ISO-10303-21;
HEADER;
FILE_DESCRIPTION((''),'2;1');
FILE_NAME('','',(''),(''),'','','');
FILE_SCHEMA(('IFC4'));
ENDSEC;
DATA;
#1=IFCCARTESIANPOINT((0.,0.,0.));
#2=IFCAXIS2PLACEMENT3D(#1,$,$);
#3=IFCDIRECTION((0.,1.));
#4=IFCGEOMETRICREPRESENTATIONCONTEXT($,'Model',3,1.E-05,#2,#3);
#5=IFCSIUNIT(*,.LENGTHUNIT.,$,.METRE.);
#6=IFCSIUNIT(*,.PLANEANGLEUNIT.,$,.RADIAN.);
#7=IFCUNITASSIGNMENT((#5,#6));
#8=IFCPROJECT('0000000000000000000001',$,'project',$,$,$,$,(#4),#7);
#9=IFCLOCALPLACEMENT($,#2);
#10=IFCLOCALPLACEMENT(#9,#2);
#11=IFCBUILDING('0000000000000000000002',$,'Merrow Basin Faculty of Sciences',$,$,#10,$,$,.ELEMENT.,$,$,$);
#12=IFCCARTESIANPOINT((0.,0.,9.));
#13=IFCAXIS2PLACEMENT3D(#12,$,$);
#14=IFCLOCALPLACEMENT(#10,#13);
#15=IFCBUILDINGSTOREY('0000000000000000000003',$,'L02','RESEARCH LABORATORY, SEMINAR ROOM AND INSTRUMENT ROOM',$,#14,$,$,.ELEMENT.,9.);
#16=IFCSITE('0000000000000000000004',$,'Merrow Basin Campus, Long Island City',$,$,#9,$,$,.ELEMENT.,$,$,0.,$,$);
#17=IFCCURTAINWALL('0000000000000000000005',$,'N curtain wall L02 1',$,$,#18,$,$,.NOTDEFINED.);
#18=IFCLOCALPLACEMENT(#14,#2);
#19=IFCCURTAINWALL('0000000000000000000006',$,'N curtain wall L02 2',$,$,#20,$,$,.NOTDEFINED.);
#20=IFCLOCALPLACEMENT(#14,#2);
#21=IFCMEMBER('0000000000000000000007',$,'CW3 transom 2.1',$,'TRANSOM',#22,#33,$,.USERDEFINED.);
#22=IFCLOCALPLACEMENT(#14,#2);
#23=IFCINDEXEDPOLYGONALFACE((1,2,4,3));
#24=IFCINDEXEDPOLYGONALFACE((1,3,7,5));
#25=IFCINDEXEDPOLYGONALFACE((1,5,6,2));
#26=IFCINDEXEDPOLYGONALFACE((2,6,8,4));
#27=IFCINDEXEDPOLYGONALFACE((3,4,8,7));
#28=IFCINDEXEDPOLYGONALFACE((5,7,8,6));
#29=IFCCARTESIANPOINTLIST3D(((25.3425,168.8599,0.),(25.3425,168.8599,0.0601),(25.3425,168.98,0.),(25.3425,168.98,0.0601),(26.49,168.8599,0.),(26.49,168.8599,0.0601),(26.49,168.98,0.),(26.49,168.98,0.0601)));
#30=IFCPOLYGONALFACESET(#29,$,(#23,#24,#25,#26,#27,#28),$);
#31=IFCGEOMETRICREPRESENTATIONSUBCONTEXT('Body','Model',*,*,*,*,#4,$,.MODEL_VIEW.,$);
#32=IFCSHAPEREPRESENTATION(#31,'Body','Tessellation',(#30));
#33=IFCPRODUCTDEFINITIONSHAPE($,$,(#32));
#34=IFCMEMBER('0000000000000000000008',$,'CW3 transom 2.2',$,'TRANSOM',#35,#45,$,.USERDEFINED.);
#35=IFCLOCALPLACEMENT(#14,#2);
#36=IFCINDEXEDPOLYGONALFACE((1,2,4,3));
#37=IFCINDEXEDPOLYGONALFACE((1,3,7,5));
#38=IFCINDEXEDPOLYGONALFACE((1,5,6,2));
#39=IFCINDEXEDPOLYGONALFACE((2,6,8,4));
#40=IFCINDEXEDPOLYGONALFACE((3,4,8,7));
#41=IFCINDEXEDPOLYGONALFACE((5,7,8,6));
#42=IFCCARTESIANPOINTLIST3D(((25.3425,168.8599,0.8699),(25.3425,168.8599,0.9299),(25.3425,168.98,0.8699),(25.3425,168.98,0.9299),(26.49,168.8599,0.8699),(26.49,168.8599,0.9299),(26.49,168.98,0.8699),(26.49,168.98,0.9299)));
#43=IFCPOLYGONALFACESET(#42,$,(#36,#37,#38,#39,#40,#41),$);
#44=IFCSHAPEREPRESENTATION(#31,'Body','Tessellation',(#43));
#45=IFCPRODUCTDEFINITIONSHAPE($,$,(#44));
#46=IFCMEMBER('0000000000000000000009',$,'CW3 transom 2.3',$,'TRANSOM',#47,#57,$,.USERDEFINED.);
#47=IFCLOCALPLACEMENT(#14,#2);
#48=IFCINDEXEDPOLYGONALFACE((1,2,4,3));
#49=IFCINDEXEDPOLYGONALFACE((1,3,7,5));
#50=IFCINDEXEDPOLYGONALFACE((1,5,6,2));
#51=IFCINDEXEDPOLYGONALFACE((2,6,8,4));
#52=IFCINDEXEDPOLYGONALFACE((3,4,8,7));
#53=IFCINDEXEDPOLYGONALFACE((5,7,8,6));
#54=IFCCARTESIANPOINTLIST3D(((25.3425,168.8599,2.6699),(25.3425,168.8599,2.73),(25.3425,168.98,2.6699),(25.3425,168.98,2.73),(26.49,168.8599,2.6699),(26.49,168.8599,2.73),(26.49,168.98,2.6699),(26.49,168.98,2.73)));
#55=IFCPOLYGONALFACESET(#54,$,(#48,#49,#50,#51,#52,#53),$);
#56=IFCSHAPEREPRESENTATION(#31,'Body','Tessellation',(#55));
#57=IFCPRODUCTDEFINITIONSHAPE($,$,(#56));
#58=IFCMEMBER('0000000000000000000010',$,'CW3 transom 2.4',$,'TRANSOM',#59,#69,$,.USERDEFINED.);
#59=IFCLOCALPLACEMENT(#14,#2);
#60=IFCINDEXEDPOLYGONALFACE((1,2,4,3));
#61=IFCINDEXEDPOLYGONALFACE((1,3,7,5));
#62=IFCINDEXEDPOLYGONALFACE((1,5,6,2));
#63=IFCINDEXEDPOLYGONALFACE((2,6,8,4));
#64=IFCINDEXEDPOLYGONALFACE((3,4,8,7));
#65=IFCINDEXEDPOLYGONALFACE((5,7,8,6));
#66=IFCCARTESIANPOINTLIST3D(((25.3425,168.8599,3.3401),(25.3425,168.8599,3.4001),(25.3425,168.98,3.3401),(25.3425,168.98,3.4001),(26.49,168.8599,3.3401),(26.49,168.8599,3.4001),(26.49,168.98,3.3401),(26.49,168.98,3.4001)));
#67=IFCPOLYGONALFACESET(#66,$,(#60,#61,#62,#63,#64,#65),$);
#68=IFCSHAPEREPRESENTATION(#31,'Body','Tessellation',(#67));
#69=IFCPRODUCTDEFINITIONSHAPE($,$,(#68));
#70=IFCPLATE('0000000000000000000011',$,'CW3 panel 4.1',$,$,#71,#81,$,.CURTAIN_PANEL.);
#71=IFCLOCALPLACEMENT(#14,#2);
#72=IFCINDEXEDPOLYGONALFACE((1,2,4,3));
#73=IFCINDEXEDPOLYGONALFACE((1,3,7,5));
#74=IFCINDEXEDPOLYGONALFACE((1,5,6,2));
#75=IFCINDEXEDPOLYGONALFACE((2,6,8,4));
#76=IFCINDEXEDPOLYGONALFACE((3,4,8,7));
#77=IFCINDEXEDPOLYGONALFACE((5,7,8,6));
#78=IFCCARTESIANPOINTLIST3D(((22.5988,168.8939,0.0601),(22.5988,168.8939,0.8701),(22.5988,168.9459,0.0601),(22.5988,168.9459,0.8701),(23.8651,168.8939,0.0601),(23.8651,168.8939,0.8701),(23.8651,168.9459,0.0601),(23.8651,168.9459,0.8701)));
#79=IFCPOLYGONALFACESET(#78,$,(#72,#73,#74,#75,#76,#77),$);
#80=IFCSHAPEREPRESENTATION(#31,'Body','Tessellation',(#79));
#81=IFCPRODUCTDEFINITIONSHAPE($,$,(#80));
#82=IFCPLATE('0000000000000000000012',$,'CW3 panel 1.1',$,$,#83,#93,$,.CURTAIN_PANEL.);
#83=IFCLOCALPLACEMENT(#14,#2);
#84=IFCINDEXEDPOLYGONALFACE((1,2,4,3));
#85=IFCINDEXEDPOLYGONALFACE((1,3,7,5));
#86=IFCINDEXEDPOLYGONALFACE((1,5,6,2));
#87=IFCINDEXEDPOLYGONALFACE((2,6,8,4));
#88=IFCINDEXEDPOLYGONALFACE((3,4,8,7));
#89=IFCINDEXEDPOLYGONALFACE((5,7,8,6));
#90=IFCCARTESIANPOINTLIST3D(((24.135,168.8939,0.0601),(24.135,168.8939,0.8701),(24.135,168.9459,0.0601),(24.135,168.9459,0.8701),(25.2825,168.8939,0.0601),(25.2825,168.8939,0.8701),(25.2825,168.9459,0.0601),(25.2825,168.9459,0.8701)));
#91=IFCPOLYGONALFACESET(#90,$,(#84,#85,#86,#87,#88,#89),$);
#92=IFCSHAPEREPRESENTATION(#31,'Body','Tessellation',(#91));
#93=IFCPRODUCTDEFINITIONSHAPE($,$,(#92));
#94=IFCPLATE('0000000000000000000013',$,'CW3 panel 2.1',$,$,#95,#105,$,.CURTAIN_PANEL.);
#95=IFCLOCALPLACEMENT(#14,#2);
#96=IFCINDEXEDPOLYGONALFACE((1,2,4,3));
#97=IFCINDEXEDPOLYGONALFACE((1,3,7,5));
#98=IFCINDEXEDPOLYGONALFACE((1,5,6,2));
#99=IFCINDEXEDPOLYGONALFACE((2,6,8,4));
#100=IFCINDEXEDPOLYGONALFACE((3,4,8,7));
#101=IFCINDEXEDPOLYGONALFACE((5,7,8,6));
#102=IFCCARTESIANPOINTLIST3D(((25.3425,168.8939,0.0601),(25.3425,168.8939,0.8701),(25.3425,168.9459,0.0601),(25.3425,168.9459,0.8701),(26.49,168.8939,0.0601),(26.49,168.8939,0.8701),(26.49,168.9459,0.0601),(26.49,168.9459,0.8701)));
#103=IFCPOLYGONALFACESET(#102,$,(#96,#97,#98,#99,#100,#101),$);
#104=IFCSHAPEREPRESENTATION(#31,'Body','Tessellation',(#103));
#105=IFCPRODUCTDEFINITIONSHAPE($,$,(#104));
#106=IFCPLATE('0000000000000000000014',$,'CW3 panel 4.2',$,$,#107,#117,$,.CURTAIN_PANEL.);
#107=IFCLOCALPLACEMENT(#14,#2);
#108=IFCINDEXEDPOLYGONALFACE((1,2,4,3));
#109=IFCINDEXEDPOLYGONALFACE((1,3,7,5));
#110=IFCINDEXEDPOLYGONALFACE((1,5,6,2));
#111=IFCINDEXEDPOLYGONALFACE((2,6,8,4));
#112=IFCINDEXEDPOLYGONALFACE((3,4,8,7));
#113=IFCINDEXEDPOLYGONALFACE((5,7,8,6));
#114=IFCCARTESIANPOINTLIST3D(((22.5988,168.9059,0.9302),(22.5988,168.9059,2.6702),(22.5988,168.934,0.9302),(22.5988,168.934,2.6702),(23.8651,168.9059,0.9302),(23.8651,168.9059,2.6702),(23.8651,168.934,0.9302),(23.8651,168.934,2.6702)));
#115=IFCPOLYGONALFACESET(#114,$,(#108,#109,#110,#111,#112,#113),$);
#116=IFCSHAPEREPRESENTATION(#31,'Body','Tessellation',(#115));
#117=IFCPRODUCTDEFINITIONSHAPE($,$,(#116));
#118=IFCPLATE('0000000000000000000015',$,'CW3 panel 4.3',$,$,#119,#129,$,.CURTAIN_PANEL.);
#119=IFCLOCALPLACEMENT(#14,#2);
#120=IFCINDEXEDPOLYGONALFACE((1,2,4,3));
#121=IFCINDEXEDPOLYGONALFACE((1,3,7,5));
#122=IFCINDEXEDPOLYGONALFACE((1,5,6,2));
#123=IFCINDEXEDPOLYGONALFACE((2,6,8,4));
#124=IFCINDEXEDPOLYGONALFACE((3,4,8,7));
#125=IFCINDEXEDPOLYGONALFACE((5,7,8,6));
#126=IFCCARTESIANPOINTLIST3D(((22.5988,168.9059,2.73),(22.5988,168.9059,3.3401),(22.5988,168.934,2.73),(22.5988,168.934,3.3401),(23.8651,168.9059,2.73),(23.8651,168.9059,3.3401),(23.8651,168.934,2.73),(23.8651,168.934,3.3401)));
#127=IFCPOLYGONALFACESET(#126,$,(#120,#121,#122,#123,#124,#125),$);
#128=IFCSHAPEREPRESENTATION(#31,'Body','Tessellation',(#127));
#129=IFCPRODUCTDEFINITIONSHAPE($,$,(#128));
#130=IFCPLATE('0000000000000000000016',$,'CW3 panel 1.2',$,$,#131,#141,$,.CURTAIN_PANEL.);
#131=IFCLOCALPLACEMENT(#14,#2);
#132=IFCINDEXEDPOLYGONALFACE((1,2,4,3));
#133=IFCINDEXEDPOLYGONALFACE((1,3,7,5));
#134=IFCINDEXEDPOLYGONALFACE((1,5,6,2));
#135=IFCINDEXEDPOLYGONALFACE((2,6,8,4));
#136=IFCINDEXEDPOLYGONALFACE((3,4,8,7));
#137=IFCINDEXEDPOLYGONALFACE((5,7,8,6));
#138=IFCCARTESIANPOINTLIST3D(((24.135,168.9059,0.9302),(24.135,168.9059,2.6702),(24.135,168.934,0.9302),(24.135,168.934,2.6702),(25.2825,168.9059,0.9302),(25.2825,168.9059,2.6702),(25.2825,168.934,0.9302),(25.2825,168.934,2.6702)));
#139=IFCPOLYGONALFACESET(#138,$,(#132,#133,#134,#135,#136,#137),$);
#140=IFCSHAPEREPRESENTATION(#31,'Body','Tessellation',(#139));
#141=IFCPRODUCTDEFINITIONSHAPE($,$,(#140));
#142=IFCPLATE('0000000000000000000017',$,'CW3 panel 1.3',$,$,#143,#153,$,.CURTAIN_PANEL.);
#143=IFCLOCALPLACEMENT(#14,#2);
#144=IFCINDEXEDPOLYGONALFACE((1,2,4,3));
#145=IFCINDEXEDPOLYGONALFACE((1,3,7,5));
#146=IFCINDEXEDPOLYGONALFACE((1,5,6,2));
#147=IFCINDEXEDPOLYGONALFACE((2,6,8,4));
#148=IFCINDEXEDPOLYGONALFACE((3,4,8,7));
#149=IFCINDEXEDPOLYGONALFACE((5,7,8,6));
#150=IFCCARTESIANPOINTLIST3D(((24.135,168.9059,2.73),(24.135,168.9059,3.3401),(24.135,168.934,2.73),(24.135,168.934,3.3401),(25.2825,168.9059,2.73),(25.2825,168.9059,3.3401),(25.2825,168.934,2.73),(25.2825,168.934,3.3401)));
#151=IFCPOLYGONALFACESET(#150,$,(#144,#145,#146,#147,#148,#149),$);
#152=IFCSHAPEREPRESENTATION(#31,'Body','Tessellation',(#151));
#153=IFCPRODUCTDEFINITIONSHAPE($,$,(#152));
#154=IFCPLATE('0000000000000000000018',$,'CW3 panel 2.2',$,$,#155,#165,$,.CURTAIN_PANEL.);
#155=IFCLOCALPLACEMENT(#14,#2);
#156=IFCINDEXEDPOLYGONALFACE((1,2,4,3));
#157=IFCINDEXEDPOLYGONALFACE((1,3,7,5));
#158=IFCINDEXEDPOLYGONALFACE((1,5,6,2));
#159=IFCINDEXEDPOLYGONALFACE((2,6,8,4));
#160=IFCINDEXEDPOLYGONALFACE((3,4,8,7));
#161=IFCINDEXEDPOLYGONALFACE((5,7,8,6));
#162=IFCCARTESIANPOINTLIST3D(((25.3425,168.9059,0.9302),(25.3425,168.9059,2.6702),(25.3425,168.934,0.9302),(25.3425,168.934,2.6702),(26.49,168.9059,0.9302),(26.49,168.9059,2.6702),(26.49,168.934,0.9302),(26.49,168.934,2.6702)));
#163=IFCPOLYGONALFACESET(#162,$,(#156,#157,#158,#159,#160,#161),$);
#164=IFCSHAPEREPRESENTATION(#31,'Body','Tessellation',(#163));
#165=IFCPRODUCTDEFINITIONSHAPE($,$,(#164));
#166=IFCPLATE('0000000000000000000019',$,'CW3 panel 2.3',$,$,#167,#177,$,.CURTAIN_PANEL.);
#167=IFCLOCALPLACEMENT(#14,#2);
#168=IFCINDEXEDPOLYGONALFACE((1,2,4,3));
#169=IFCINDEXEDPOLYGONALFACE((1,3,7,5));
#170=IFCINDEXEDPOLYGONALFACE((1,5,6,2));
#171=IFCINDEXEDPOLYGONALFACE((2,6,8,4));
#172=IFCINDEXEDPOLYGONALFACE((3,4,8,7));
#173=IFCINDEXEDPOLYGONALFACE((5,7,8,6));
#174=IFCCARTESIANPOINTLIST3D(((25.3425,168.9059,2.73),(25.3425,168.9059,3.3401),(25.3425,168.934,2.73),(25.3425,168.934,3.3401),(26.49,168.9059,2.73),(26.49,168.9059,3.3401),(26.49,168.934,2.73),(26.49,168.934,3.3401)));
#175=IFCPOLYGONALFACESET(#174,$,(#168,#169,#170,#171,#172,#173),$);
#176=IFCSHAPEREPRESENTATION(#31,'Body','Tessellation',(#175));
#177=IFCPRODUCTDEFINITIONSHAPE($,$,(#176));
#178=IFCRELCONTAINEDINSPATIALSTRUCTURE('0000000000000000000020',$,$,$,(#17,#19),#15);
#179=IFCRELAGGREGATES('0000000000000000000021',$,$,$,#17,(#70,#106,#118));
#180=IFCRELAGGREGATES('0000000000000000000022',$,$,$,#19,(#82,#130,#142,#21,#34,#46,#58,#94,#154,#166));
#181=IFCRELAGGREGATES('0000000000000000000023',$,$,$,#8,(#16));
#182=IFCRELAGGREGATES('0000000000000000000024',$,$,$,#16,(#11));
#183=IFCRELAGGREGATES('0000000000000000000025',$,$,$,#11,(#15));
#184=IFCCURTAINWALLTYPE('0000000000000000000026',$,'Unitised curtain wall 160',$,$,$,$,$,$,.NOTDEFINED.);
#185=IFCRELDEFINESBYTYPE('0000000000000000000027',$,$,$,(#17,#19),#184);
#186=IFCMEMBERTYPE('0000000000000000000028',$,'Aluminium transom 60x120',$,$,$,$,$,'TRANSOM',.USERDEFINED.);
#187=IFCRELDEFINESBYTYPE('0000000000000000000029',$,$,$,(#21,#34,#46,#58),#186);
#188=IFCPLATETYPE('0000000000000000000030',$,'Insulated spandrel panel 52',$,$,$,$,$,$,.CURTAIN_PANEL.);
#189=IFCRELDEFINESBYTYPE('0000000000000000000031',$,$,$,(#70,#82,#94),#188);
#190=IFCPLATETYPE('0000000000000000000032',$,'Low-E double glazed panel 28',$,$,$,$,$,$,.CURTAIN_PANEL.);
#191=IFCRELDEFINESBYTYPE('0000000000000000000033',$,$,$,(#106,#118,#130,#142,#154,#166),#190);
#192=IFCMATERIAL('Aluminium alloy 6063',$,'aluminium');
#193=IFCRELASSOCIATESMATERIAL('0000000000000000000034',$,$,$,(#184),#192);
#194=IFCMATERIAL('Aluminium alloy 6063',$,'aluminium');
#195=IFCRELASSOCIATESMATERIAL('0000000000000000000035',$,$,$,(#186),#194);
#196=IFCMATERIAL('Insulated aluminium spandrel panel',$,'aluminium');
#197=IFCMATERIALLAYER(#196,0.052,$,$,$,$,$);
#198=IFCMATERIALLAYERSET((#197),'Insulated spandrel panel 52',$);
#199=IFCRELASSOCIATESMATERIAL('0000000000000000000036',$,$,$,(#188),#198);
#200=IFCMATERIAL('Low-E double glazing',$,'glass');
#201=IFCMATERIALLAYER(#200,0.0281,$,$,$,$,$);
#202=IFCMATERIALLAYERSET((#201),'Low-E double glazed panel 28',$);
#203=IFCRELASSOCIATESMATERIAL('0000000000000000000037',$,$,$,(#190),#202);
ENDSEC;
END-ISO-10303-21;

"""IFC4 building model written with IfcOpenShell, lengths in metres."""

from ifc_helpers import new_model, si_unit, direction, frame, origin, origin_2d, place, context, subcontext, project, spatial, rectangle, extrude, material, layer, layer_set, material_profile, profile_set, type_object, element, aggregate, save


model = new_model("IFC4")

# Units and contexts
model_context = context("Model", 3, precision=1e-05, world=origin(), true_north=direction((0.0, 1.0)))
body_context = subcontext(model_context, "Body", "Model", "MODEL_VIEW")
ifc_project = project(units=[si_unit("LENGTHUNIT", "METRE"), si_unit("PLANEANGLEUNIT", "RADIAN")], contexts=[model_context])

# Site, building, storey
site_placement = place(None, origin())
site = spatial("IfcSite", under=ifc_project, at=site_placement, Name="Merrow Basin Campus, Long Island City", CompositionType="ELEMENT", RefElevation=0.0)
building_placement = place(site_placement, origin())
building = spatial("IfcBuilding", under=site, at=building_placement, Name="Merrow Basin Faculty of Sciences", CompositionType="ELEMENT")
storey_placement = place(building_placement, frame((0.0, 0.0, 9.0)))
storey = spatial("IfcBuildingStorey", under=building, at=storey_placement, Name="L02", Description="RESEARCH LABORATORY, SEMINAR ROOM AND INSTRUMENT ROOM", CompositionType="ELEMENT", Elevation=9.0)

# Curtain walls
ifc_material_1 = material(Name="Aluminium alloy 6063", Category="aluminium")
curtain_wall_type = type_object("IfcCurtainWallType", Name="Unitised curtain wall 160", PredefinedType="NOTDEFINED", material=ifc_material_1)
curtain_wall_1_placement = place(storey_placement, origin())
curtain_wall_1 = element("IfcCurtainWall", 1, at=curtain_wall_1_placement, inside=storey, type_object=curtain_wall_type, Name="N curtain wall L02 1", PredefinedType="NOTDEFINED")
curtain_wall_2_placement = place(storey_placement, origin())
curtain_wall_2 = element("IfcCurtainWall", 2, at=curtain_wall_2_placement, inside=storey, type_object=curtain_wall_type, Name="N curtain wall L02 2", PredefinedType="NOTDEFINED")

# Members
ifc_material_2 = material(Name="Aluminium alloy 6063", Category="aluminium")
ifc_material_profile_1 = material_profile(ifc_material_2, rectangle(XDim=0.1201, YDim=0.0601, at=origin_2d()))
ifc_profile_set_1 = profile_set([ifc_material_profile_1], Name="Aluminium alloy 6063")
member_type_1 = type_object("IfcMemberType", Name="Aluminium transom 60x120", ElementType="TRANSOM", PredefinedType="USERDEFINED", material=ifc_profile_set_1)
member_1_placement = place(storey_placement, frame((25.3425, 168.9199, 0.03), z_axis=(1.0, 0.0, 0.0), x_axis=(0.0, 1.0, 0.0)))
member_1 = element("IfcMember", 3, at=member_1_placement, type_object=member_type_1, Name="CW3 transom 2.1", ObjectType="TRANSOM", PredefinedType="USERDEFINED", context=body_context, shape_type="SweptSolid", body=[
    extrude(rectangle(XDim=0.1201, YDim=0.0601, at=origin_2d()), origin(), (0.0, 0.0, 1.0), 1.1475),
])
member_2_placement = place(storey_placement, frame((25.3425, 168.9199, 0.8999), z_axis=(1.0, 0.0, 0.0), x_axis=(0.0, 1.0, 0.0)))
member_2 = element("IfcMember", 4, at=member_2_placement, type_object=member_type_1, Name="CW3 transom 2.2", ObjectType="TRANSOM", PredefinedType="USERDEFINED", context=body_context, shape_type="SweptSolid", body=[
    extrude(rectangle(XDim=0.1201, YDim=0.0601, at=origin_2d()), origin(), (0.0, 0.0, 1.0), 1.1475),
])
member_3_placement = place(storey_placement, frame((25.3425, 168.9199, 2.7), z_axis=(1.0, 0.0, 0.0), x_axis=(0.0, 1.0, 0.0)))
member_3 = element("IfcMember", 5, at=member_3_placement, type_object=member_type_1, Name="CW3 transom 2.3", ObjectType="TRANSOM", PredefinedType="USERDEFINED", context=body_context, shape_type="SweptSolid", body=[
    extrude(rectangle(XDim=0.1201, YDim=0.0601, at=origin_2d()), origin(), (0.0, 0.0, 1.0), 1.1475),
])
member_4_placement = place(storey_placement, frame((25.3425, 168.9199, 3.3701), z_axis=(1.0, 0.0, 0.0), x_axis=(0.0, 1.0, 0.0)))
member_4 = element("IfcMember", 6, at=member_4_placement, type_object=member_type_1, Name="CW3 transom 2.4", ObjectType="TRANSOM", PredefinedType="USERDEFINED", context=body_context, shape_type="SweptSolid", body=[
    extrude(rectangle(XDim=0.1201, YDim=0.0601, at=origin_2d()), origin(), (0.0, 0.0, 1.0), 1.1475),
])

# Plates
ifc_material_3 = material(Name="Insulated aluminium spandrel panel", Category="aluminium")
ifc_layer_1 = layer(ifc_material_3, 0.052)
ifc_layer_set_1 = layer_set([ifc_layer_1], Name="Insulated spandrel panel 52")
plate_type_1 = type_object("IfcPlateType", Name="Insulated spandrel panel 52", PredefinedType="CURTAIN_PANEL", material=ifc_layer_set_1)
plate_1_placement = place(storey_placement, frame((23.2319, 168.9199, 0.0601), z_axis=(0.0, 0.0, 1.0), x_axis=(1.0, 0.0, 0.0)))
plate_1 = element("IfcPlate", 7, at=plate_1_placement, type_object=plate_type_1, Name="CW3 panel 4.1", PredefinedType="CURTAIN_PANEL", context=body_context, shape_type="SweptSolid", body=[
    extrude(rectangle(XDim=1.2664, YDim=0.052, at=origin_2d()), origin(), (0.0, 0.0, 1.0), 0.8101),
])
plate_2_placement = place(storey_placement, frame((24.7087, 168.9199, 0.0601), z_axis=(0.0, 0.0, 1.0), x_axis=(1.0, 0.0, 0.0)))
plate_2 = element("IfcPlate", 8, at=plate_2_placement, type_object=plate_type_1, Name="CW3 panel 1.1", PredefinedType="CURTAIN_PANEL", context=body_context, shape_type="SweptSolid", body=[
    extrude(rectangle(XDim=1.1475, YDim=0.052, at=origin_2d()), origin(), (0.0, 0.0, 1.0), 0.8101),
])
plate_3_placement = place(storey_placement, frame((25.9163, 168.9199, 0.0601), z_axis=(0.0, 0.0, 1.0), x_axis=(1.0, 0.0, 0.0)))
plate_3 = element("IfcPlate", 9, at=plate_3_placement, type_object=plate_type_1, Name="CW3 panel 2.1", PredefinedType="CURTAIN_PANEL", context=body_context, shape_type="SweptSolid", body=[
    extrude(rectangle(XDim=1.1475, YDim=0.052, at=origin_2d()), origin(), (0.0, 0.0, 1.0), 0.8101),
])
ifc_material_4 = material(Name="Low-E double glazing", Category="glass")
ifc_layer_2 = layer(ifc_material_4, 0.0281)
ifc_layer_set_2 = layer_set([ifc_layer_2], Name="Low-E double glazed panel 28")
plate_type_2 = type_object("IfcPlateType", Name="Low-E double glazed panel 28", PredefinedType="CURTAIN_PANEL", material=ifc_layer_set_2)
plate_4_placement = place(storey_placement, frame((23.2319, 168.9199, 0.9302), z_axis=(0.0, 0.0, 1.0), x_axis=(1.0, 0.0, 0.0)))
plate_4 = element("IfcPlate", 10, at=plate_4_placement, type_object=plate_type_2, Name="CW3 panel 4.2", PredefinedType="CURTAIN_PANEL", context=body_context, shape_type="SweptSolid", body=[
    extrude(rectangle(XDim=1.2664, YDim=0.0281, at=origin_2d()), origin(), (0.0, 0.0, 1.0), 1.74),
])
plate_5_placement = place(storey_placement, frame((23.2319, 168.9199, 2.73), z_axis=(0.0, 0.0, 1.0), x_axis=(1.0, 0.0, 0.0)))
plate_5 = element("IfcPlate", 11, at=plate_5_placement, type_object=plate_type_2, Name="CW3 panel 4.3", PredefinedType="CURTAIN_PANEL", context=body_context, shape_type="SweptSolid", body=[
    extrude(rectangle(XDim=1.2664, YDim=0.0281, at=origin_2d()), origin(), (0.0, 0.0, 1.0), 0.6101),
])
aggregate(curtain_wall_1, [plate_1, plate_4, plate_5])
plate_6_placement = place(storey_placement, frame((24.7087, 168.9199, 0.9302), z_axis=(0.0, 0.0, 1.0), x_axis=(1.0, 0.0, 0.0)))
plate_6 = element("IfcPlate", 12, at=plate_6_placement, type_object=plate_type_2, Name="CW3 panel 1.2", PredefinedType="CURTAIN_PANEL", context=body_context, shape_type="SweptSolid", body=[
    extrude(rectangle(XDim=1.1475, YDim=0.0281, at=origin_2d()), origin(), (0.0, 0.0, 1.0), 1.74),
])
plate_7_placement = place(storey_placement, frame((24.7087, 168.9199, 2.73), z_axis=(0.0, 0.0, 1.0), x_axis=(1.0, 0.0, 0.0)))
plate_7 = element("IfcPlate", 13, at=plate_7_placement, type_object=plate_type_2, Name="CW3 panel 1.3", PredefinedType="CURTAIN_PANEL", context=body_context, shape_type="SweptSolid", body=[
    extrude(rectangle(XDim=1.1475, YDim=0.0281, at=origin_2d()), origin(), (0.0, 0.0, 1.0), 0.6101),
])
plate_8_placement = place(storey_placement, frame((25.9163, 168.9199, 0.9302), z_axis=(0.0, 0.0, 1.0), x_axis=(1.0, 0.0, 0.0)))
plate_8 = element("IfcPlate", 14, at=plate_8_placement, type_object=plate_type_2, Name="CW3 panel 2.2", PredefinedType="CURTAIN_PANEL", context=body_context, shape_type="SweptSolid", body=[
    extrude(rectangle(XDim=1.1475, YDim=0.0281, at=origin_2d()), origin(), (0.0, 0.0, 1.0), 1.74),
])
plate_9_placement = place(storey_placement, frame((25.9163, 168.9199, 2.73), z_axis=(0.0, 0.0, 1.0), x_axis=(1.0, 0.0, 0.0)))
plate_9 = element("IfcPlate", 15, at=plate_9_placement, type_object=plate_type_2, Name="CW3 panel 2.3", PredefinedType="CURTAIN_PANEL", context=body_context, shape_type="SweptSolid", body=[
    extrude(rectangle(XDim=1.1475, YDim=0.0281, at=origin_2d()), origin(), (0.0, 0.0, 1.0), 0.6101),
])
aggregate(curtain_wall_2, [plate_2, plate_6, plate_7, member_1, member_2, member_3, member_4, plate_3, plate_8, plate_9])

save(model, "model.ifc")
